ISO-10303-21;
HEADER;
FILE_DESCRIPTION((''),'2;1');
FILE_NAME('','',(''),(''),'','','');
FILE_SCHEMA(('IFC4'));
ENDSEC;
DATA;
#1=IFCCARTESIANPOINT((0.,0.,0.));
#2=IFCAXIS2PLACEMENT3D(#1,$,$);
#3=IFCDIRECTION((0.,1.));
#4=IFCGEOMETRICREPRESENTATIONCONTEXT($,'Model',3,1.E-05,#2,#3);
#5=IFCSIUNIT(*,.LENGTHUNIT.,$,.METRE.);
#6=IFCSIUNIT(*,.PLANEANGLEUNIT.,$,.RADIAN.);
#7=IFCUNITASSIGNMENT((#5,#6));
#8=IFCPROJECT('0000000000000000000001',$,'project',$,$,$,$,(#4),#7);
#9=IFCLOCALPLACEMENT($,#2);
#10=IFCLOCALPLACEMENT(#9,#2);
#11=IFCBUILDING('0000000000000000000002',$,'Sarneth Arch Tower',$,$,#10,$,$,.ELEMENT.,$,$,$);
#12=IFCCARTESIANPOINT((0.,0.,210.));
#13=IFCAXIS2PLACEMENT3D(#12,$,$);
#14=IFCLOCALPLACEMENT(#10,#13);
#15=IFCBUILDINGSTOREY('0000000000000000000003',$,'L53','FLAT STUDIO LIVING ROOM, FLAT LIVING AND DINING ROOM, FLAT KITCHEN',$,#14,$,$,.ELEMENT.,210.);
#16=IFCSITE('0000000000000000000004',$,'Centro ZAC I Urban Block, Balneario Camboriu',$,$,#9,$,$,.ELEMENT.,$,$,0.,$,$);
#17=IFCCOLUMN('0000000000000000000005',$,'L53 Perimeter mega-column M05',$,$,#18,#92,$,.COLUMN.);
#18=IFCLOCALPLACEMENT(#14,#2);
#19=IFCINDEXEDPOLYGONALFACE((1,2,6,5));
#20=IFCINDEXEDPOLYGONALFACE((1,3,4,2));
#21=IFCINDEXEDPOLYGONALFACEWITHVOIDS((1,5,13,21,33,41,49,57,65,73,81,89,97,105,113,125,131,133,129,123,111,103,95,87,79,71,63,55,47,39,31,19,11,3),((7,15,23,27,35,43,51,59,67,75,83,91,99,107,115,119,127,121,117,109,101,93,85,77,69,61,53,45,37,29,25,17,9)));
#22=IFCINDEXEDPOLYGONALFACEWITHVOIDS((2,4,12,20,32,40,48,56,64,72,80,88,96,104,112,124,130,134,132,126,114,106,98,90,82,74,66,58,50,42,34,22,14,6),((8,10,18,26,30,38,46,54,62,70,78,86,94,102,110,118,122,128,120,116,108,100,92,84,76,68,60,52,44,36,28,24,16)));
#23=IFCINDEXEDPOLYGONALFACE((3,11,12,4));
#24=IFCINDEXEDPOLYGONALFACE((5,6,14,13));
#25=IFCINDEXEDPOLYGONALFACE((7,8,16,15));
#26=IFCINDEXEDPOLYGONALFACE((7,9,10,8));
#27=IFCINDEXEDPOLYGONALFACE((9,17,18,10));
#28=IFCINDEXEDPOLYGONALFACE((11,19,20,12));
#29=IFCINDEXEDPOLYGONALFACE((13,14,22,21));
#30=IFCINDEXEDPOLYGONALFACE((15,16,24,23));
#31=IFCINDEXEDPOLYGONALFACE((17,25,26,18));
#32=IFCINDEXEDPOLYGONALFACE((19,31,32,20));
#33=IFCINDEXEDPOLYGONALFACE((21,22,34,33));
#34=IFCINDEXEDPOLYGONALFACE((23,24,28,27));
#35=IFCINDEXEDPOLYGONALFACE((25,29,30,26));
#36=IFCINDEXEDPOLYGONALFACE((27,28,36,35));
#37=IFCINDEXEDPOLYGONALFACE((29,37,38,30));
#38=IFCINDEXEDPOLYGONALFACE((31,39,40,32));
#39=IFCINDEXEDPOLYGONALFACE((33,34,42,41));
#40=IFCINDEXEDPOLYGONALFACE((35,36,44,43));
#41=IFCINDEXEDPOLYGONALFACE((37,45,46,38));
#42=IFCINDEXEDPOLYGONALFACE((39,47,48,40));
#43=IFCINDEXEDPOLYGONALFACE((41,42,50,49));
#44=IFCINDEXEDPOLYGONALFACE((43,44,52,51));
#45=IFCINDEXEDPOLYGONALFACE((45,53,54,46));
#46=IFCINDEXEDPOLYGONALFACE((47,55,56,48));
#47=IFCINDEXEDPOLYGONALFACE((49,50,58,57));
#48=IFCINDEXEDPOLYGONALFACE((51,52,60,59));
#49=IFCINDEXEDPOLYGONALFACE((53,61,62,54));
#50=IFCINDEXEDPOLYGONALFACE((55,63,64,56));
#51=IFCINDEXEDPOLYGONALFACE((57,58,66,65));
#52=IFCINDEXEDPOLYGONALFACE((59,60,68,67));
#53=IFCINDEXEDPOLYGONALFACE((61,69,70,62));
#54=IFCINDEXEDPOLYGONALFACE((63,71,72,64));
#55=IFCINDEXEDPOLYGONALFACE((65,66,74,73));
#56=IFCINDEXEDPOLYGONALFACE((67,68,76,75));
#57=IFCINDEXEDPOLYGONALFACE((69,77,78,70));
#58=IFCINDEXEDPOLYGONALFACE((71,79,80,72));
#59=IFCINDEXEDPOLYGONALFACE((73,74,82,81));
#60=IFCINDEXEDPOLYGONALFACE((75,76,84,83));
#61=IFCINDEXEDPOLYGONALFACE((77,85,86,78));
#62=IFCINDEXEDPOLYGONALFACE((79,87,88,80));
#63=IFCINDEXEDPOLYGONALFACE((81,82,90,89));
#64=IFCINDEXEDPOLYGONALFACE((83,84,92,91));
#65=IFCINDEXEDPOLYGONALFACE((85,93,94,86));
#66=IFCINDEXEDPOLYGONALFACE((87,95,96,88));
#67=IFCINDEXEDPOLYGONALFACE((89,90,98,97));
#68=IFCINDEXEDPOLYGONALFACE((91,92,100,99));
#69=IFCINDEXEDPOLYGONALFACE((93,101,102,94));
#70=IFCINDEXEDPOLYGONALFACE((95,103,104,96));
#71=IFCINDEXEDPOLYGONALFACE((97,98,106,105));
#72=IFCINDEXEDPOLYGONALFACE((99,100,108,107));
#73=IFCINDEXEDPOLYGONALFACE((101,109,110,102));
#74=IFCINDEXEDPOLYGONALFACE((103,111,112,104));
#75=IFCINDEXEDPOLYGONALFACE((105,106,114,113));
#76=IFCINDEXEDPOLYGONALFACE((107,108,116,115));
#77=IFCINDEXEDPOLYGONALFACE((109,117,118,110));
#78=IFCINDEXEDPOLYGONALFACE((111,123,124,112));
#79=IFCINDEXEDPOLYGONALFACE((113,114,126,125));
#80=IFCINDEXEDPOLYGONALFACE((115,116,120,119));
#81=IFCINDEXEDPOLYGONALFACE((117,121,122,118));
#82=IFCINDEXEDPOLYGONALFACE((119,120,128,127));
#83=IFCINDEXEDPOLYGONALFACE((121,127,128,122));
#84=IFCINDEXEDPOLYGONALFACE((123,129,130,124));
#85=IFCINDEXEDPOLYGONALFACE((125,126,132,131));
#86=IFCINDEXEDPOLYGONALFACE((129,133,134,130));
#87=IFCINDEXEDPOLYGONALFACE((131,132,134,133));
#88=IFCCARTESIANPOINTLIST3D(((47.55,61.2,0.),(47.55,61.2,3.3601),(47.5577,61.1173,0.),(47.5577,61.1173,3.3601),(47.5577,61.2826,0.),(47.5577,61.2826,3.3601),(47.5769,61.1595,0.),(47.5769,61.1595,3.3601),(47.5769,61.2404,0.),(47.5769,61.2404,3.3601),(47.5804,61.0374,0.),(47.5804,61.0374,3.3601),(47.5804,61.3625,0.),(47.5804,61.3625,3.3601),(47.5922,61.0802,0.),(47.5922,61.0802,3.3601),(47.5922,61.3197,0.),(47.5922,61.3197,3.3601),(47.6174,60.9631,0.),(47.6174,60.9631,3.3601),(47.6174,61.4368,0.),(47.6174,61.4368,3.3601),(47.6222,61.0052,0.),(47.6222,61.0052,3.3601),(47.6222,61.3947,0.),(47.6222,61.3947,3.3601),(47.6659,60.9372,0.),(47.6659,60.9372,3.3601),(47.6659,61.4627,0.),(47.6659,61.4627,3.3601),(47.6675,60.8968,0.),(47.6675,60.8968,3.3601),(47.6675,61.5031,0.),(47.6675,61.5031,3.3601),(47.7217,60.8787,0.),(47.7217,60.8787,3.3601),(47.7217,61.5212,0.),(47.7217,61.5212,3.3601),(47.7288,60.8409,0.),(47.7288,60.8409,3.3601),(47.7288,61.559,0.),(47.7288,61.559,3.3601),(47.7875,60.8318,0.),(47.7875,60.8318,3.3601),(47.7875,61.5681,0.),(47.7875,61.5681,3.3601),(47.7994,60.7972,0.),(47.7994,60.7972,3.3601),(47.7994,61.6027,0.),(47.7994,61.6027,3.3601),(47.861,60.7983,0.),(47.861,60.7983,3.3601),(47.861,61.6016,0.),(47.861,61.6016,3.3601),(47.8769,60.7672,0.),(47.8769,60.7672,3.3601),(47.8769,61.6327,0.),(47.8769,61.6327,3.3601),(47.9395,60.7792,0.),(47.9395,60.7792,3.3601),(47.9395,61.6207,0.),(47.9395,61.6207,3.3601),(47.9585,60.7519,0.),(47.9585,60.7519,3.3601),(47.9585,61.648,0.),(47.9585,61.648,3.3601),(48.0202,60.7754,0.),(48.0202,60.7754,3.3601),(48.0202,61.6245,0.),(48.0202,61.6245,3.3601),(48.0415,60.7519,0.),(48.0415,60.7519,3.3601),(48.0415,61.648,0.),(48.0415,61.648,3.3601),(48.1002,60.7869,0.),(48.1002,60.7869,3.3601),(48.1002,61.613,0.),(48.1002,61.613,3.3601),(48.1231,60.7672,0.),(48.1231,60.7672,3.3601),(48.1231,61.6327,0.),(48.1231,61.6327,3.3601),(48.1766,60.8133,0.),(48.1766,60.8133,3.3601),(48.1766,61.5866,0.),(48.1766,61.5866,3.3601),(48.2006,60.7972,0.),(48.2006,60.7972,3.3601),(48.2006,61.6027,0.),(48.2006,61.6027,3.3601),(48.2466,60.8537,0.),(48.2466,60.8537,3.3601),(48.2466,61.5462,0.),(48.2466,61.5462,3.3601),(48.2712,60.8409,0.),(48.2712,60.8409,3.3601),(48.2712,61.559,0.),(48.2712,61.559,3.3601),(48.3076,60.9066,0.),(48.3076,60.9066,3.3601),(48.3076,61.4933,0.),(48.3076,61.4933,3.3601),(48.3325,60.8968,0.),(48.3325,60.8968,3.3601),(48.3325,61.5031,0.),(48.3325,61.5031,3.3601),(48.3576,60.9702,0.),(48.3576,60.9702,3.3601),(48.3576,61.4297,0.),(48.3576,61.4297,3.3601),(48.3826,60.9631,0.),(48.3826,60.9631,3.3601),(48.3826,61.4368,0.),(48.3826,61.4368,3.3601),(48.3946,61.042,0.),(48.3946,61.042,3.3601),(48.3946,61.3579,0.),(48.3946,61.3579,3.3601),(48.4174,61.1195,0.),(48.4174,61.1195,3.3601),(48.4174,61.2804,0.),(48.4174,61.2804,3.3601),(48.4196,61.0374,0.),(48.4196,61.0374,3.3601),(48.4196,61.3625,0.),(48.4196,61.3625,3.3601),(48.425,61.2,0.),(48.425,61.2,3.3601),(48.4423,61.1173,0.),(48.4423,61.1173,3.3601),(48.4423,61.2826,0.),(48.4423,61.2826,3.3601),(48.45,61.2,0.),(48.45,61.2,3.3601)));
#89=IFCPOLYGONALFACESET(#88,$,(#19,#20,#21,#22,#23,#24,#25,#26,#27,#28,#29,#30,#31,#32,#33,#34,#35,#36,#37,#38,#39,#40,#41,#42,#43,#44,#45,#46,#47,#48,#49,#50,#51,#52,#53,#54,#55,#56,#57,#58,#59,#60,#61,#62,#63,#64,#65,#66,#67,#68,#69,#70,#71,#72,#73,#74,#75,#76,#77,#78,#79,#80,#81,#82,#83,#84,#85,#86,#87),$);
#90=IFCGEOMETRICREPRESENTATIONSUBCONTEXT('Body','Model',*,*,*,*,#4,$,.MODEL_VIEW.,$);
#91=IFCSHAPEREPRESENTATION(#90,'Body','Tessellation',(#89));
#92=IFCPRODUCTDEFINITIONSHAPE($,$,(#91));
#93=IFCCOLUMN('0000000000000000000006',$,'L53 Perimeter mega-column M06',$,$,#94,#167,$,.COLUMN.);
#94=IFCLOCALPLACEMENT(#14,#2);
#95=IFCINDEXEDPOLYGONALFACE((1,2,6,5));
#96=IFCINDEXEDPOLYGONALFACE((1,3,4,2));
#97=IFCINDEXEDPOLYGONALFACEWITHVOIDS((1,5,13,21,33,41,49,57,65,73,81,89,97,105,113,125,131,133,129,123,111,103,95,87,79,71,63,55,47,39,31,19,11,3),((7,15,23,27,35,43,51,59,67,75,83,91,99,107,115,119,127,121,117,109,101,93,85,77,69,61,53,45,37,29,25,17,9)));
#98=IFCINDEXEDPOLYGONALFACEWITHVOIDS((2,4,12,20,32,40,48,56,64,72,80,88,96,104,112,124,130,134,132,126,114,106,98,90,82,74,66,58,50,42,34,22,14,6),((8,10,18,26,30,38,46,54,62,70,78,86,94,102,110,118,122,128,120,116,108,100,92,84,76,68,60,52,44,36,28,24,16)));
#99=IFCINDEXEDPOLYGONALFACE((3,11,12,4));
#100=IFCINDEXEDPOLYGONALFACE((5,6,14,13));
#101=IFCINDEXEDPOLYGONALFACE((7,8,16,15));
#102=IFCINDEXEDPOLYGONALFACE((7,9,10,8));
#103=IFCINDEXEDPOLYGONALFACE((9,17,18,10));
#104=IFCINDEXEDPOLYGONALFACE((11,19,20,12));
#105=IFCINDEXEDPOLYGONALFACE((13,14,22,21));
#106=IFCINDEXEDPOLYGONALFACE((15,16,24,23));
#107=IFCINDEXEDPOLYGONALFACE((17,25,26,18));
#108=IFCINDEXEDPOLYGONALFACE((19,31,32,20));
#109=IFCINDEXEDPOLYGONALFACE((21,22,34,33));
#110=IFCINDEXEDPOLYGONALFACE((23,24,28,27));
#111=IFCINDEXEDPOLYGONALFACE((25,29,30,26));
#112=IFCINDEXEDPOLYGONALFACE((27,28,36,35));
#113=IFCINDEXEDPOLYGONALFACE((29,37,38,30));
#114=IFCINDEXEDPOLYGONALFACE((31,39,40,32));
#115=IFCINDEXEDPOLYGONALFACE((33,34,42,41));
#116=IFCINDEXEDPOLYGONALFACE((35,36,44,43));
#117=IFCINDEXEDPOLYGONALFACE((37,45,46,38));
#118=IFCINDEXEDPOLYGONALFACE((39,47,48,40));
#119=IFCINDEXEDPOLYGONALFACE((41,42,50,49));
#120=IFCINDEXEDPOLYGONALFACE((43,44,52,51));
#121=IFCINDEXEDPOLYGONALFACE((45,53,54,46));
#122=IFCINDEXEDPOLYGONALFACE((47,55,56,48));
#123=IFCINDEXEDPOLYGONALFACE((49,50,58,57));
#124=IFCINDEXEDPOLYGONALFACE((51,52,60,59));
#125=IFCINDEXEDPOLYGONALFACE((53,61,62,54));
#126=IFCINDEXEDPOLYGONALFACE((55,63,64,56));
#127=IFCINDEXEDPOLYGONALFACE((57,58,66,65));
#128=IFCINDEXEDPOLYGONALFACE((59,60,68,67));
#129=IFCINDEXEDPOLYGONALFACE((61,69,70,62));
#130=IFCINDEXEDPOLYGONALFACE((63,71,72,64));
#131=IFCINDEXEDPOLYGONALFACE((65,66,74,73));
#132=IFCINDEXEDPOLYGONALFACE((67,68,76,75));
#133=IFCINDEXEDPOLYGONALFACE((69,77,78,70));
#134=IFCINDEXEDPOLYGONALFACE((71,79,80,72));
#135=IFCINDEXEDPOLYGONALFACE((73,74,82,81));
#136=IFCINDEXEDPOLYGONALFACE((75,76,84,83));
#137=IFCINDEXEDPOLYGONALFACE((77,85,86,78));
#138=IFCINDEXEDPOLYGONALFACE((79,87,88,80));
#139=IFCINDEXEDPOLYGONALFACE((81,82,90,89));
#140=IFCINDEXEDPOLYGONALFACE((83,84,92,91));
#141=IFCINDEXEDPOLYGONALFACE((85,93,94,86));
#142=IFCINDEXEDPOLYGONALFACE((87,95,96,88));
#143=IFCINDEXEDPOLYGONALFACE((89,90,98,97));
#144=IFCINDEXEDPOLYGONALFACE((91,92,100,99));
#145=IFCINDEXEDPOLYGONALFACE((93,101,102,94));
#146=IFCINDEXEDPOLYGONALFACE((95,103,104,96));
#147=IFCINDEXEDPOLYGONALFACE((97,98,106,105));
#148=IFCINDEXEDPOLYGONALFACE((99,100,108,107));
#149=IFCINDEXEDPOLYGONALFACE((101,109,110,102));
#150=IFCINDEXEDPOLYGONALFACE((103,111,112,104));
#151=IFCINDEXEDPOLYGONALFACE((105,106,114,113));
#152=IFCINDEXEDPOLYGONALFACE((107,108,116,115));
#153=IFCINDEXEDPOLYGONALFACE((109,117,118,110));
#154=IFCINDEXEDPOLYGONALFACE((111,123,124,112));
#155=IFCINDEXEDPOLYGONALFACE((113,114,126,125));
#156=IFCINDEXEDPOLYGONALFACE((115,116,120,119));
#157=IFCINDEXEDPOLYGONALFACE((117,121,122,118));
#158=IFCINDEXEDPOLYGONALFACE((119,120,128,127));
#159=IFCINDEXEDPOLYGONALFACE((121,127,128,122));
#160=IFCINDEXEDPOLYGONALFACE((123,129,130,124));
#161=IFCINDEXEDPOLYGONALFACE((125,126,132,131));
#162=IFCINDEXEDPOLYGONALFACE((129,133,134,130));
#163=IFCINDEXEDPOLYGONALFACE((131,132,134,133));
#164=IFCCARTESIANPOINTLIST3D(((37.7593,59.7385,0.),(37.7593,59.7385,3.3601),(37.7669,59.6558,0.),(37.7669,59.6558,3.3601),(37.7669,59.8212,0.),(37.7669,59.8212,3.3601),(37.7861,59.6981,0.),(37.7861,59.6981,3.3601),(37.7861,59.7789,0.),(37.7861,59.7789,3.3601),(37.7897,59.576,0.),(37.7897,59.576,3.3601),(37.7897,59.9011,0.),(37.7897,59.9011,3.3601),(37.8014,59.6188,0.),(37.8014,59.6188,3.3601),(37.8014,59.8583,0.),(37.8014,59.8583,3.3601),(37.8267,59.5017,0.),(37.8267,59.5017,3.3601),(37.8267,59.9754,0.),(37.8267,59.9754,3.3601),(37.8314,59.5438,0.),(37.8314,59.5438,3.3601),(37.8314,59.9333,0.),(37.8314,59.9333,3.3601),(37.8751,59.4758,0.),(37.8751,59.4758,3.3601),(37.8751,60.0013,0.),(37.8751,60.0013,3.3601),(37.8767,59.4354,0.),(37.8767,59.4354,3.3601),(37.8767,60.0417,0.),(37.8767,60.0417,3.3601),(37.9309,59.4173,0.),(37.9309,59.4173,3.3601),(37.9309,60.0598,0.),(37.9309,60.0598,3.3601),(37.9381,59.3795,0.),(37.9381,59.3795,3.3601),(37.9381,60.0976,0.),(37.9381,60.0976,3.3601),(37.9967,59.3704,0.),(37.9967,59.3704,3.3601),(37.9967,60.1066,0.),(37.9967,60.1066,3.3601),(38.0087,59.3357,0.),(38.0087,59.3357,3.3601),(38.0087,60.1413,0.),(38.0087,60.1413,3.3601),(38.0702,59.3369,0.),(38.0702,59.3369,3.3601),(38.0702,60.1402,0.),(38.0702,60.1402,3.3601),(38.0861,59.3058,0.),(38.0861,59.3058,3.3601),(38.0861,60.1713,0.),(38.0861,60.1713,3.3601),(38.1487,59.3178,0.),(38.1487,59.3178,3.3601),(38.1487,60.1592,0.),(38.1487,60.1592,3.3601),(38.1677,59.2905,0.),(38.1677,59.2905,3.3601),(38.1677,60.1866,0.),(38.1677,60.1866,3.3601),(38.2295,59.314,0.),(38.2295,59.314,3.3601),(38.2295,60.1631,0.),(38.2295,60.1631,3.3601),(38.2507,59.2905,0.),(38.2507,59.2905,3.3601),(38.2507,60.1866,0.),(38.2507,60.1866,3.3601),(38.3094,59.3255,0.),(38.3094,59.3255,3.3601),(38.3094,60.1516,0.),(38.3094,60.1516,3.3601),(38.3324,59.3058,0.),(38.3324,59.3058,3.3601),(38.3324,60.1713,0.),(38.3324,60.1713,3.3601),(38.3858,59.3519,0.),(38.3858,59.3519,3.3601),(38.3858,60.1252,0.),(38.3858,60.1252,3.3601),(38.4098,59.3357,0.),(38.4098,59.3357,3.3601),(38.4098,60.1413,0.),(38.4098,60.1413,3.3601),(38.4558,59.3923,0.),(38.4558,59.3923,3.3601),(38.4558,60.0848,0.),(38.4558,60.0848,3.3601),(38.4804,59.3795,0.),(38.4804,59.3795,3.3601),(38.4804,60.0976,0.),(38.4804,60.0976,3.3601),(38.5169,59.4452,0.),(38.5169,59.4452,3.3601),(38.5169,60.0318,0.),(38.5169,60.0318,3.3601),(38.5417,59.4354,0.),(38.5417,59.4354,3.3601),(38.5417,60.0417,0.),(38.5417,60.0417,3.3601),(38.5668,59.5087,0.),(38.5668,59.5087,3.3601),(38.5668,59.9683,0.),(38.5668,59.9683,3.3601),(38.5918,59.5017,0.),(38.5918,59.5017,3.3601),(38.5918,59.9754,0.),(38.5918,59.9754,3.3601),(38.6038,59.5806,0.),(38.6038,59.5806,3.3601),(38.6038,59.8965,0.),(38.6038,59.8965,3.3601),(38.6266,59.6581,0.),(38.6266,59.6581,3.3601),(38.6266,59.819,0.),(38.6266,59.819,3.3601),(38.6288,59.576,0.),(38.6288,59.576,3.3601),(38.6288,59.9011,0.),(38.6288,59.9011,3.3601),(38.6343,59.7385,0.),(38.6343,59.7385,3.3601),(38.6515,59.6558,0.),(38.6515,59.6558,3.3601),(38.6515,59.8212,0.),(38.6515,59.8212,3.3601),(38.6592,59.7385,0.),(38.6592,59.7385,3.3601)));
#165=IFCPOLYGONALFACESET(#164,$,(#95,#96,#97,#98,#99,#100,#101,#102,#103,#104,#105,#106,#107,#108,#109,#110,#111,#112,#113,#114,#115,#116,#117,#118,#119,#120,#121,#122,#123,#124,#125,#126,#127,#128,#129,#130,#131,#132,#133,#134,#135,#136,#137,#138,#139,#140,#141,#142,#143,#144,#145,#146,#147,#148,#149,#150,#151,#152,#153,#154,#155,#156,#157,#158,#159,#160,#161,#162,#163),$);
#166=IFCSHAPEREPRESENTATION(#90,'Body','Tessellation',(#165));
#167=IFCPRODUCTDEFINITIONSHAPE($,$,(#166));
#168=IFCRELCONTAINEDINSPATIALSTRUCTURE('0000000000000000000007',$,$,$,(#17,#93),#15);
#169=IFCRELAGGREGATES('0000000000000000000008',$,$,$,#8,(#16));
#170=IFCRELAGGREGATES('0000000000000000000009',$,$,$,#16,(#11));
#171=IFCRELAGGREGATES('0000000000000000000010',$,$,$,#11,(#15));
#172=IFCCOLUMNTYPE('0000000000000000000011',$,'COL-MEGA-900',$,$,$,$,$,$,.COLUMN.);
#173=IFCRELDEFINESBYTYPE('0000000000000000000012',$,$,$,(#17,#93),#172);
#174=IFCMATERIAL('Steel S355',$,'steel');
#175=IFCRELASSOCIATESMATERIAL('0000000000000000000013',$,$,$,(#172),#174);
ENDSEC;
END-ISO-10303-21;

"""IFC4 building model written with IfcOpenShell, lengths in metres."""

from ifc_helpers import new_model, si_unit, direction, frame, origin, origin_2d, place, context, subcontext, project, spatial, hollow_circle, extrude, material, material_profile, profile_set, type_object, element, save


model = new_model("IFC4")

# Units and contexts
model_context = context("Model", 3, precision=1e-05, world=origin(), true_north=direction((0.0, 1.0)))
body_context = subcontext(model_context, "Body", "Model", "MODEL_VIEW")
ifc_project = project(units=[si_unit("LENGTHUNIT", "METRE"), si_unit("PLANEANGLEUNIT", "RADIAN")], contexts=[model_context])

# Site, building, storey
site_placement = place(None, origin())
site = spatial("IfcSite", under=ifc_project, at=site_placement, Name="Centro ZAC I Urban Block, Balneario Camboriu", CompositionType="ELEMENT", RefElevation=0.0)
building_placement = place(site_placement, origin())
building = spatial("IfcBuilding", under=site, at=building_placement, Name="Sarneth Arch Tower", CompositionType="ELEMENT")
storey_placement = place(building_placement, frame((0.0, 0.0, 210.0)))
storey = spatial("IfcBuildingStorey", under=building, at=storey_placement, Name="L53", Description="FLAT STUDIO LIVING ROOM, FLAT LIVING AND DINING ROOM, FLAT KITCHEN", CompositionType="ELEMENT", Elevation=210.0)

# Columns
ifc_material_1 = material(Name="Steel S355", Category="steel")
ifc_material_profile_1 = material_profile(ifc_material_1, hollow_circle(Radius=0.45, WallThickness=0.0249, at=origin_2d()), Name="CHS900x25")
ifc_profile_set_1 = profile_set([ifc_material_profile_1], Name="Steel S355")
column_type = type_object("IfcColumnType", Name="COL-MEGA-900", PredefinedType="COLUMN", material=ifc_profile_set_1)
for number, where, z_axis, x_axis, name in (
    (1, (48.0, 61.2, 0.0), (0.0, 0.0, 1.0), (1.0, 0.0, 0.0), "L53 Perimeter mega-column M05"),
    (2, (38.2092, 59.7385, 0.0), (0.0, 0.0, 1.0), (1.0, 0.0, 0.0), "L53 Perimeter mega-column M06"),
):
    element("IfcColumn", number, at=place(storey_placement, frame(where, z_axis=z_axis, x_axis=x_axis)), inside=storey, type_object=column_type, Name=name, PredefinedType="COLUMN", context=body_context, shape_type="SweptSolid", body=[
        extrude(hollow_circle(Radius=0.45, WallThickness=0.0249, at=origin_2d()), origin(), (0.0, 0.0, 1.0), 3.3601),
    ])

save(model, "model.ifc")
